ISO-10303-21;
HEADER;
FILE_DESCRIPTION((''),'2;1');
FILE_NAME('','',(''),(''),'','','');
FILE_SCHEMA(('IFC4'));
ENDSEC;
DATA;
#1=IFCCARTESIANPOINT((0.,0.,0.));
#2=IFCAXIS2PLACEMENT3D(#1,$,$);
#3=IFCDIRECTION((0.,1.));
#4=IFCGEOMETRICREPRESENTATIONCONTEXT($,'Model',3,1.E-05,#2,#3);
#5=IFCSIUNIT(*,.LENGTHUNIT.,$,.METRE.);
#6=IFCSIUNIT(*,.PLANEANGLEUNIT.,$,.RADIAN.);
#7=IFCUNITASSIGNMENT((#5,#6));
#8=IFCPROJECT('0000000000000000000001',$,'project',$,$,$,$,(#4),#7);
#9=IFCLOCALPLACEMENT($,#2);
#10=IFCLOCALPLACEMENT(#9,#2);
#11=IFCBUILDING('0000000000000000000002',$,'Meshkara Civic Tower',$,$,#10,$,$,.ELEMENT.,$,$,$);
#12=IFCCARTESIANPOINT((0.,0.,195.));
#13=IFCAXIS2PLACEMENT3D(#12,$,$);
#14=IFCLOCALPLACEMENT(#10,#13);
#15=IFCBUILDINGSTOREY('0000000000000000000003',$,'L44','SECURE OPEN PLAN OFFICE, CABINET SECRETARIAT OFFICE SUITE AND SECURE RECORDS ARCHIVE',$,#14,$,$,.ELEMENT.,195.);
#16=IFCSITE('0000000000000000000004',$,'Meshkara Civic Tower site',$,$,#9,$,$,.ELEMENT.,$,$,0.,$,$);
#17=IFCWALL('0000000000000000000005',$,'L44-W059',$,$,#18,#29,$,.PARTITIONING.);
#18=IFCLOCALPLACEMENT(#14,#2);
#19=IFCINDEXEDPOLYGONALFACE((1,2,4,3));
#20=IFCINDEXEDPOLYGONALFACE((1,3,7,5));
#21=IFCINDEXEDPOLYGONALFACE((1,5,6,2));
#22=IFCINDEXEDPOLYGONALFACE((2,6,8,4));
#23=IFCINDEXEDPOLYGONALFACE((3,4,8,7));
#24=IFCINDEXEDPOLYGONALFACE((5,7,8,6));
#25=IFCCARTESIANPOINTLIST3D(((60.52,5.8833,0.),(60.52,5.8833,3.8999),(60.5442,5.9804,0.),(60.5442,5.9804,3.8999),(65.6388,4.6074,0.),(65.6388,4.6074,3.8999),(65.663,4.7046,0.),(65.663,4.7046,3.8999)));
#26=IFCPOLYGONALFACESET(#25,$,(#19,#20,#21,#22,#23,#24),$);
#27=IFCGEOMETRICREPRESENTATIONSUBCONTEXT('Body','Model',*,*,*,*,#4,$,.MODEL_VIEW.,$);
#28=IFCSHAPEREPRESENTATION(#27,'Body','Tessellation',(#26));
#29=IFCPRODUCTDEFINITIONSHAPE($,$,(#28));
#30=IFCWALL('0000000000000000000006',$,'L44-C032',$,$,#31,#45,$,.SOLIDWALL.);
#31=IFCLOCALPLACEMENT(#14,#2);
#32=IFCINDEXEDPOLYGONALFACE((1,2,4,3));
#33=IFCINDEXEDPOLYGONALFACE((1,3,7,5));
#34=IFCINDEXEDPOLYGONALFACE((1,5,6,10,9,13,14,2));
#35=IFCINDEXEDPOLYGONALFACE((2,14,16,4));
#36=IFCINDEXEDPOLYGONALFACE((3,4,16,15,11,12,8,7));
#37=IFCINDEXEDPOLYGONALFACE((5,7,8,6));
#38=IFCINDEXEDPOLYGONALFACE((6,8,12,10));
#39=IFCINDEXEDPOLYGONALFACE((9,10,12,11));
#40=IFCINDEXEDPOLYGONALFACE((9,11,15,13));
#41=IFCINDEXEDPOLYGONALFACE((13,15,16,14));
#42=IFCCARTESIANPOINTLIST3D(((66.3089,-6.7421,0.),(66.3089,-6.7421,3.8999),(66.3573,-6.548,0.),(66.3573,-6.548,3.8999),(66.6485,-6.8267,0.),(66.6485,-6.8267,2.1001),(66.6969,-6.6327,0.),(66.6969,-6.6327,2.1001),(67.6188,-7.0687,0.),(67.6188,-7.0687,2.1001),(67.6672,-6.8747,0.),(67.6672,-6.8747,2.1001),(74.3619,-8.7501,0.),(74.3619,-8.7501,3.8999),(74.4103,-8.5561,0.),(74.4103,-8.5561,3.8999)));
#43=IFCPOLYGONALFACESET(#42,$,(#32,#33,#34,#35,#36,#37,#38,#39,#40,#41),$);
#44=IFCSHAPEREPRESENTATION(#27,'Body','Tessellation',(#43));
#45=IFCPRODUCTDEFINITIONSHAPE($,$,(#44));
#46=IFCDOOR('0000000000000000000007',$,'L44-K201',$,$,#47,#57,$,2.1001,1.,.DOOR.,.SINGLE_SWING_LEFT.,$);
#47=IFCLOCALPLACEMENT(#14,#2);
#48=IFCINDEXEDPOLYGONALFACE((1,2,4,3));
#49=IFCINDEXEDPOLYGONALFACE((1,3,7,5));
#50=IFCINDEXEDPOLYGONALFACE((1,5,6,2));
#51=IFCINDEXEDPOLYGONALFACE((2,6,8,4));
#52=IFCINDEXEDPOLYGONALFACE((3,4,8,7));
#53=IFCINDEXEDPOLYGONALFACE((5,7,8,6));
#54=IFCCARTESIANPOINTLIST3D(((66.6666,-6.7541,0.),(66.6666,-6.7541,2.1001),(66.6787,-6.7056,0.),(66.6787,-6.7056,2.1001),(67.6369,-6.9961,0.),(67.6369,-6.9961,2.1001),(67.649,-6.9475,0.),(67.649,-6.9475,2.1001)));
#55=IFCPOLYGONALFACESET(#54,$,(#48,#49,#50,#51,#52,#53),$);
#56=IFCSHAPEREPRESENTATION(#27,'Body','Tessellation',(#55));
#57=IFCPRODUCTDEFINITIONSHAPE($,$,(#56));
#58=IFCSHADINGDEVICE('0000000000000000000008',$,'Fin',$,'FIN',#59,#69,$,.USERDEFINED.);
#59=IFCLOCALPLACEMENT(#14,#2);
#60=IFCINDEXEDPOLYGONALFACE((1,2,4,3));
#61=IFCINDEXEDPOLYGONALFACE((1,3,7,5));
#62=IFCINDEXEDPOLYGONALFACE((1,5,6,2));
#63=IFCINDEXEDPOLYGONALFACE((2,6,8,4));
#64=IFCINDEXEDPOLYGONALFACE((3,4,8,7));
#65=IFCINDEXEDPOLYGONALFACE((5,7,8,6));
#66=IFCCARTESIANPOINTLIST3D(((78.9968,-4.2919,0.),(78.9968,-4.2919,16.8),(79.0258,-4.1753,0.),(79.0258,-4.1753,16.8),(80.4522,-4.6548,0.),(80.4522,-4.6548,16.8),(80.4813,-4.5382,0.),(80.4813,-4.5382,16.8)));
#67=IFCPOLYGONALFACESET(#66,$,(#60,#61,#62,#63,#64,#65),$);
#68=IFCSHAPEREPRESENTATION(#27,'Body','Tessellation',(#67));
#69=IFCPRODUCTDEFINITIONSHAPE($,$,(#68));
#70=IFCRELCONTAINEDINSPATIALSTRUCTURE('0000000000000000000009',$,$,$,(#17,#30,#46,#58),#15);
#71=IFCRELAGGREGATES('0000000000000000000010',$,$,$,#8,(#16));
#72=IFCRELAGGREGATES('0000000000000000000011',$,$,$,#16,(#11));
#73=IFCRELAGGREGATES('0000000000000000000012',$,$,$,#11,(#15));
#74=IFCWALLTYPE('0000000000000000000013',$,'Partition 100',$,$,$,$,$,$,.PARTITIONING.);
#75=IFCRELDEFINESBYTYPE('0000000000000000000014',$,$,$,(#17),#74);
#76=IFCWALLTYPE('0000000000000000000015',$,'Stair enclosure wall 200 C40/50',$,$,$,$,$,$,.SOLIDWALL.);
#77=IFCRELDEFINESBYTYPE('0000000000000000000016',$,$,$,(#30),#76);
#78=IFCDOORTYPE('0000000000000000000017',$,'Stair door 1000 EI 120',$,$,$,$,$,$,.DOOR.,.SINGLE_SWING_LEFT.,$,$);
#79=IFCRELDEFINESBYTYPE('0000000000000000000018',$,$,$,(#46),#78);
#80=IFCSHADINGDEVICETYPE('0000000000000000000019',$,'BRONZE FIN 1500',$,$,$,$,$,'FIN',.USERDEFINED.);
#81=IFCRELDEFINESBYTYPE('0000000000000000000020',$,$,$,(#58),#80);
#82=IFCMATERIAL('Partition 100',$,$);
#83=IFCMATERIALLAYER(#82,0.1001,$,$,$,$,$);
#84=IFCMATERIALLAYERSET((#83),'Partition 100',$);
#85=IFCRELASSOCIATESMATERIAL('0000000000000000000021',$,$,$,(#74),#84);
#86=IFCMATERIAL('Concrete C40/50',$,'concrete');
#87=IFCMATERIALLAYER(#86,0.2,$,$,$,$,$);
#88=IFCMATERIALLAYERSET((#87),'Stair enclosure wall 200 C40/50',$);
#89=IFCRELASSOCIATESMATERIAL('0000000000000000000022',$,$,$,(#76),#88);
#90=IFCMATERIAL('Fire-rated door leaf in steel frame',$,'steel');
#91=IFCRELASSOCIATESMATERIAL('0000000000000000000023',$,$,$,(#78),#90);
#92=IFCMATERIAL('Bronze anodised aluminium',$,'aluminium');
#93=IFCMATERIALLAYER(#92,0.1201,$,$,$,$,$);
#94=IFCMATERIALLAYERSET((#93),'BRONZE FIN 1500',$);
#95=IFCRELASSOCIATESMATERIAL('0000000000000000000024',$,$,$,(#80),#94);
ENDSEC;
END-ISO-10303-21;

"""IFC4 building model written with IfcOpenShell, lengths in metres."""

from ifc_helpers import new_model, si_unit, direction, frame, frame_2d, origin, origin_2d, place, context, subcontext, project, spatial, rectangle, extrude, material, layer, layer_set, type_object, element, fill, save


model = new_model("IFC4")

# Units and contexts
model_context = context("Model", 3, precision=1e-05, world=origin(), true_north=direction((0.0, 1.0)))
body_context = subcontext(model_context, "Body", "Model", "MODEL_VIEW")
ifc_project = project(units=[si_unit("LENGTHUNIT", "METRE"), si_unit("PLANEANGLEUNIT", "RADIAN")], contexts=[model_context])

# Site, building, storey
site_placement = place(None, origin())
site = spatial("IfcSite", under=ifc_project, at=site_placement, Name="Meshkara Civic Tower site", CompositionType="ELEMENT", RefElevation=0.0)
building_placement = place(site_placement, origin())
building = spatial("IfcBuilding", under=site, at=building_placement, Name="Meshkara Civic Tower", CompositionType="ELEMENT")
storey_placement = place(building_placement, frame((0.0, 0.0, 195.0)))
storey = spatial("IfcBuildingStorey", under=building, at=storey_placement, Name="L44", Description="SECURE OPEN PLAN OFFICE, CABINET SECRETARIAT OFFICE SUITE AND SECURE RECORDS ARCHIVE", CompositionType="ELEMENT", Elevation=195.0)

# Wall
ifc_material_1 = material(Name="Partition 100")
ifc_layer_1 = layer(ifc_material_1, 0.1001)
ifc_layer_set_1 = layer_set([ifc_layer_1], Name="Partition 100")
wall_type_1 = type_object("IfcWallType", Name="Partition 100", PredefinedType="PARTITIONING", material=ifc_layer_set_1)
wall_1_placement = place(storey_placement, frame((65.6509, 4.656, 0.0), z_axis=(0.0, 0.0, 1.0), x_axis=(-0.970314, 0.24185, 0.0)))
element("IfcWall", 1, at=wall_1_placement, inside=storey, type_object=wall_type_1, Name="L44-W059", PredefinedType="PARTITIONING", context=body_context, shape_type="SweptSolid", body=[
    extrude(rectangle(XDim=5.2754, YDim=0.1001, at=frame_2d((2.6377, 0.0))), origin(), (0.0, 0.0, 1.0), 3.8999),
])

# Wall, opening, door
ifc_material_2 = material(Name="Concrete C40/50", Category="concrete")
ifc_layer_2 = layer(ifc_material_2, 0.2)
ifc_layer_set_2 = layer_set([ifc_layer_2], Name="Stair enclosure wall 200 C40/50")
wall_type_2 = type_object("IfcWallType", Name="Stair enclosure wall 200 C40/50", PredefinedType="SOLIDWALL", material=ifc_layer_set_2)
wall_2_placement = place(storey_placement, frame((66.333, -6.645, 0.0), z_axis=(0.0, 0.0, 1.0), x_axis=(0.970289, -0.241947, 0.0)))
wall_2 = element("IfcWall", 2, at=wall_2_placement, inside=storey, type_object=wall_type_2, Name="L44-C032", PredefinedType="SOLIDWALL", context=body_context, shape_type="SweptSolid", body=[
    extrude(rectangle(XDim=8.2996, YDim=0.2, at=frame_2d((4.1499, 0.0))), origin(), (0.0, 0.0, 1.0), 3.8999),
])
opening_1_placement = place(wall_2_placement, frame((0.3501, 0.0, 0.0)))
opening_1 = element("IfcOpeningElement", 3, at=opening_1_placement, cuts=wall_2, PredefinedType="OPENING", context=body_context, shape_type="SweptSolid", body=[
    extrude(rectangle(XDim=1.0, YDim=2.1001, at=frame_2d((0.5, 1.05))), frame((0.0, 0.1099, 0.0), z_axis=(0.0, -1.0, 0.0), x_axis=(1.0, 0.0, 0.0)), (0.0, 0.0, 1.0), 0.22),
])
ifc_material_3 = material(Name="Fire-rated door leaf in steel frame", Category="steel")
door_type_1 = type_object("IfcDoorType", Name="Stair door 1000 EI 120", OperationType="SINGLE_SWING_LEFT", PredefinedType="DOOR", material=ifc_material_3)
door_1_placement = place(opening_1_placement, origin())
door_1 = element("IfcDoor", 4, at=door_1_placement, inside=storey, type_object=door_type_1, Name="L44-K201", OperationType="SINGLE_SWING_LEFT", OverallHeight=2.1001, OverallWidth=1.0, PredefinedType="DOOR", context=body_context, shape_type="SweptSolid", body=[
    extrude(rectangle(XDim=1.0, YDim=2.1001, at=frame_2d((0.5, 1.05))), frame((0.0, 0.0249, 0.0), z_axis=(0.0, -1.0, 0.0), x_axis=(1.0, 0.0, 0.0)), (0.0, 0.0, 1.0), 0.05),
])
fill(opening_1, door_1)

# Shading device
ifc_material_4 = material(Name="Bronze anodised aluminium", Category="aluminium")
ifc_layer_3 = layer(ifc_material_4, 0.1201)
ifc_layer_set_3 = layer_set([ifc_layer_3], Name="BRONZE FIN 1500")
shading_device_type = type_object("IfcShadingDeviceType", Name="BRONZE FIN 1500", ElementType="FIN", PredefinedType="USERDEFINED", material=ifc_layer_set_3)
shading_device_placement = place(storey_placement, frame((79.739, -4.415, 0.0), z_axis=(0.0, 0.0, 1.0), x_axis=(0.241922, 0.970296, 0.0)))
element("IfcShadingDevice", 5, at=shading_device_placement, inside=storey, type_object=shading_device_type, Name="Fin", ObjectType="FIN", PredefinedType="USERDEFINED", context=body_context, shape_type="SweptSolid", body=[
    extrude(rectangle(XDim=0.1201, YDim=1.5, at=origin_2d()), origin(), (0.0, 0.0, 1.0), 16.8),
])

save(model, "model.ifc")
